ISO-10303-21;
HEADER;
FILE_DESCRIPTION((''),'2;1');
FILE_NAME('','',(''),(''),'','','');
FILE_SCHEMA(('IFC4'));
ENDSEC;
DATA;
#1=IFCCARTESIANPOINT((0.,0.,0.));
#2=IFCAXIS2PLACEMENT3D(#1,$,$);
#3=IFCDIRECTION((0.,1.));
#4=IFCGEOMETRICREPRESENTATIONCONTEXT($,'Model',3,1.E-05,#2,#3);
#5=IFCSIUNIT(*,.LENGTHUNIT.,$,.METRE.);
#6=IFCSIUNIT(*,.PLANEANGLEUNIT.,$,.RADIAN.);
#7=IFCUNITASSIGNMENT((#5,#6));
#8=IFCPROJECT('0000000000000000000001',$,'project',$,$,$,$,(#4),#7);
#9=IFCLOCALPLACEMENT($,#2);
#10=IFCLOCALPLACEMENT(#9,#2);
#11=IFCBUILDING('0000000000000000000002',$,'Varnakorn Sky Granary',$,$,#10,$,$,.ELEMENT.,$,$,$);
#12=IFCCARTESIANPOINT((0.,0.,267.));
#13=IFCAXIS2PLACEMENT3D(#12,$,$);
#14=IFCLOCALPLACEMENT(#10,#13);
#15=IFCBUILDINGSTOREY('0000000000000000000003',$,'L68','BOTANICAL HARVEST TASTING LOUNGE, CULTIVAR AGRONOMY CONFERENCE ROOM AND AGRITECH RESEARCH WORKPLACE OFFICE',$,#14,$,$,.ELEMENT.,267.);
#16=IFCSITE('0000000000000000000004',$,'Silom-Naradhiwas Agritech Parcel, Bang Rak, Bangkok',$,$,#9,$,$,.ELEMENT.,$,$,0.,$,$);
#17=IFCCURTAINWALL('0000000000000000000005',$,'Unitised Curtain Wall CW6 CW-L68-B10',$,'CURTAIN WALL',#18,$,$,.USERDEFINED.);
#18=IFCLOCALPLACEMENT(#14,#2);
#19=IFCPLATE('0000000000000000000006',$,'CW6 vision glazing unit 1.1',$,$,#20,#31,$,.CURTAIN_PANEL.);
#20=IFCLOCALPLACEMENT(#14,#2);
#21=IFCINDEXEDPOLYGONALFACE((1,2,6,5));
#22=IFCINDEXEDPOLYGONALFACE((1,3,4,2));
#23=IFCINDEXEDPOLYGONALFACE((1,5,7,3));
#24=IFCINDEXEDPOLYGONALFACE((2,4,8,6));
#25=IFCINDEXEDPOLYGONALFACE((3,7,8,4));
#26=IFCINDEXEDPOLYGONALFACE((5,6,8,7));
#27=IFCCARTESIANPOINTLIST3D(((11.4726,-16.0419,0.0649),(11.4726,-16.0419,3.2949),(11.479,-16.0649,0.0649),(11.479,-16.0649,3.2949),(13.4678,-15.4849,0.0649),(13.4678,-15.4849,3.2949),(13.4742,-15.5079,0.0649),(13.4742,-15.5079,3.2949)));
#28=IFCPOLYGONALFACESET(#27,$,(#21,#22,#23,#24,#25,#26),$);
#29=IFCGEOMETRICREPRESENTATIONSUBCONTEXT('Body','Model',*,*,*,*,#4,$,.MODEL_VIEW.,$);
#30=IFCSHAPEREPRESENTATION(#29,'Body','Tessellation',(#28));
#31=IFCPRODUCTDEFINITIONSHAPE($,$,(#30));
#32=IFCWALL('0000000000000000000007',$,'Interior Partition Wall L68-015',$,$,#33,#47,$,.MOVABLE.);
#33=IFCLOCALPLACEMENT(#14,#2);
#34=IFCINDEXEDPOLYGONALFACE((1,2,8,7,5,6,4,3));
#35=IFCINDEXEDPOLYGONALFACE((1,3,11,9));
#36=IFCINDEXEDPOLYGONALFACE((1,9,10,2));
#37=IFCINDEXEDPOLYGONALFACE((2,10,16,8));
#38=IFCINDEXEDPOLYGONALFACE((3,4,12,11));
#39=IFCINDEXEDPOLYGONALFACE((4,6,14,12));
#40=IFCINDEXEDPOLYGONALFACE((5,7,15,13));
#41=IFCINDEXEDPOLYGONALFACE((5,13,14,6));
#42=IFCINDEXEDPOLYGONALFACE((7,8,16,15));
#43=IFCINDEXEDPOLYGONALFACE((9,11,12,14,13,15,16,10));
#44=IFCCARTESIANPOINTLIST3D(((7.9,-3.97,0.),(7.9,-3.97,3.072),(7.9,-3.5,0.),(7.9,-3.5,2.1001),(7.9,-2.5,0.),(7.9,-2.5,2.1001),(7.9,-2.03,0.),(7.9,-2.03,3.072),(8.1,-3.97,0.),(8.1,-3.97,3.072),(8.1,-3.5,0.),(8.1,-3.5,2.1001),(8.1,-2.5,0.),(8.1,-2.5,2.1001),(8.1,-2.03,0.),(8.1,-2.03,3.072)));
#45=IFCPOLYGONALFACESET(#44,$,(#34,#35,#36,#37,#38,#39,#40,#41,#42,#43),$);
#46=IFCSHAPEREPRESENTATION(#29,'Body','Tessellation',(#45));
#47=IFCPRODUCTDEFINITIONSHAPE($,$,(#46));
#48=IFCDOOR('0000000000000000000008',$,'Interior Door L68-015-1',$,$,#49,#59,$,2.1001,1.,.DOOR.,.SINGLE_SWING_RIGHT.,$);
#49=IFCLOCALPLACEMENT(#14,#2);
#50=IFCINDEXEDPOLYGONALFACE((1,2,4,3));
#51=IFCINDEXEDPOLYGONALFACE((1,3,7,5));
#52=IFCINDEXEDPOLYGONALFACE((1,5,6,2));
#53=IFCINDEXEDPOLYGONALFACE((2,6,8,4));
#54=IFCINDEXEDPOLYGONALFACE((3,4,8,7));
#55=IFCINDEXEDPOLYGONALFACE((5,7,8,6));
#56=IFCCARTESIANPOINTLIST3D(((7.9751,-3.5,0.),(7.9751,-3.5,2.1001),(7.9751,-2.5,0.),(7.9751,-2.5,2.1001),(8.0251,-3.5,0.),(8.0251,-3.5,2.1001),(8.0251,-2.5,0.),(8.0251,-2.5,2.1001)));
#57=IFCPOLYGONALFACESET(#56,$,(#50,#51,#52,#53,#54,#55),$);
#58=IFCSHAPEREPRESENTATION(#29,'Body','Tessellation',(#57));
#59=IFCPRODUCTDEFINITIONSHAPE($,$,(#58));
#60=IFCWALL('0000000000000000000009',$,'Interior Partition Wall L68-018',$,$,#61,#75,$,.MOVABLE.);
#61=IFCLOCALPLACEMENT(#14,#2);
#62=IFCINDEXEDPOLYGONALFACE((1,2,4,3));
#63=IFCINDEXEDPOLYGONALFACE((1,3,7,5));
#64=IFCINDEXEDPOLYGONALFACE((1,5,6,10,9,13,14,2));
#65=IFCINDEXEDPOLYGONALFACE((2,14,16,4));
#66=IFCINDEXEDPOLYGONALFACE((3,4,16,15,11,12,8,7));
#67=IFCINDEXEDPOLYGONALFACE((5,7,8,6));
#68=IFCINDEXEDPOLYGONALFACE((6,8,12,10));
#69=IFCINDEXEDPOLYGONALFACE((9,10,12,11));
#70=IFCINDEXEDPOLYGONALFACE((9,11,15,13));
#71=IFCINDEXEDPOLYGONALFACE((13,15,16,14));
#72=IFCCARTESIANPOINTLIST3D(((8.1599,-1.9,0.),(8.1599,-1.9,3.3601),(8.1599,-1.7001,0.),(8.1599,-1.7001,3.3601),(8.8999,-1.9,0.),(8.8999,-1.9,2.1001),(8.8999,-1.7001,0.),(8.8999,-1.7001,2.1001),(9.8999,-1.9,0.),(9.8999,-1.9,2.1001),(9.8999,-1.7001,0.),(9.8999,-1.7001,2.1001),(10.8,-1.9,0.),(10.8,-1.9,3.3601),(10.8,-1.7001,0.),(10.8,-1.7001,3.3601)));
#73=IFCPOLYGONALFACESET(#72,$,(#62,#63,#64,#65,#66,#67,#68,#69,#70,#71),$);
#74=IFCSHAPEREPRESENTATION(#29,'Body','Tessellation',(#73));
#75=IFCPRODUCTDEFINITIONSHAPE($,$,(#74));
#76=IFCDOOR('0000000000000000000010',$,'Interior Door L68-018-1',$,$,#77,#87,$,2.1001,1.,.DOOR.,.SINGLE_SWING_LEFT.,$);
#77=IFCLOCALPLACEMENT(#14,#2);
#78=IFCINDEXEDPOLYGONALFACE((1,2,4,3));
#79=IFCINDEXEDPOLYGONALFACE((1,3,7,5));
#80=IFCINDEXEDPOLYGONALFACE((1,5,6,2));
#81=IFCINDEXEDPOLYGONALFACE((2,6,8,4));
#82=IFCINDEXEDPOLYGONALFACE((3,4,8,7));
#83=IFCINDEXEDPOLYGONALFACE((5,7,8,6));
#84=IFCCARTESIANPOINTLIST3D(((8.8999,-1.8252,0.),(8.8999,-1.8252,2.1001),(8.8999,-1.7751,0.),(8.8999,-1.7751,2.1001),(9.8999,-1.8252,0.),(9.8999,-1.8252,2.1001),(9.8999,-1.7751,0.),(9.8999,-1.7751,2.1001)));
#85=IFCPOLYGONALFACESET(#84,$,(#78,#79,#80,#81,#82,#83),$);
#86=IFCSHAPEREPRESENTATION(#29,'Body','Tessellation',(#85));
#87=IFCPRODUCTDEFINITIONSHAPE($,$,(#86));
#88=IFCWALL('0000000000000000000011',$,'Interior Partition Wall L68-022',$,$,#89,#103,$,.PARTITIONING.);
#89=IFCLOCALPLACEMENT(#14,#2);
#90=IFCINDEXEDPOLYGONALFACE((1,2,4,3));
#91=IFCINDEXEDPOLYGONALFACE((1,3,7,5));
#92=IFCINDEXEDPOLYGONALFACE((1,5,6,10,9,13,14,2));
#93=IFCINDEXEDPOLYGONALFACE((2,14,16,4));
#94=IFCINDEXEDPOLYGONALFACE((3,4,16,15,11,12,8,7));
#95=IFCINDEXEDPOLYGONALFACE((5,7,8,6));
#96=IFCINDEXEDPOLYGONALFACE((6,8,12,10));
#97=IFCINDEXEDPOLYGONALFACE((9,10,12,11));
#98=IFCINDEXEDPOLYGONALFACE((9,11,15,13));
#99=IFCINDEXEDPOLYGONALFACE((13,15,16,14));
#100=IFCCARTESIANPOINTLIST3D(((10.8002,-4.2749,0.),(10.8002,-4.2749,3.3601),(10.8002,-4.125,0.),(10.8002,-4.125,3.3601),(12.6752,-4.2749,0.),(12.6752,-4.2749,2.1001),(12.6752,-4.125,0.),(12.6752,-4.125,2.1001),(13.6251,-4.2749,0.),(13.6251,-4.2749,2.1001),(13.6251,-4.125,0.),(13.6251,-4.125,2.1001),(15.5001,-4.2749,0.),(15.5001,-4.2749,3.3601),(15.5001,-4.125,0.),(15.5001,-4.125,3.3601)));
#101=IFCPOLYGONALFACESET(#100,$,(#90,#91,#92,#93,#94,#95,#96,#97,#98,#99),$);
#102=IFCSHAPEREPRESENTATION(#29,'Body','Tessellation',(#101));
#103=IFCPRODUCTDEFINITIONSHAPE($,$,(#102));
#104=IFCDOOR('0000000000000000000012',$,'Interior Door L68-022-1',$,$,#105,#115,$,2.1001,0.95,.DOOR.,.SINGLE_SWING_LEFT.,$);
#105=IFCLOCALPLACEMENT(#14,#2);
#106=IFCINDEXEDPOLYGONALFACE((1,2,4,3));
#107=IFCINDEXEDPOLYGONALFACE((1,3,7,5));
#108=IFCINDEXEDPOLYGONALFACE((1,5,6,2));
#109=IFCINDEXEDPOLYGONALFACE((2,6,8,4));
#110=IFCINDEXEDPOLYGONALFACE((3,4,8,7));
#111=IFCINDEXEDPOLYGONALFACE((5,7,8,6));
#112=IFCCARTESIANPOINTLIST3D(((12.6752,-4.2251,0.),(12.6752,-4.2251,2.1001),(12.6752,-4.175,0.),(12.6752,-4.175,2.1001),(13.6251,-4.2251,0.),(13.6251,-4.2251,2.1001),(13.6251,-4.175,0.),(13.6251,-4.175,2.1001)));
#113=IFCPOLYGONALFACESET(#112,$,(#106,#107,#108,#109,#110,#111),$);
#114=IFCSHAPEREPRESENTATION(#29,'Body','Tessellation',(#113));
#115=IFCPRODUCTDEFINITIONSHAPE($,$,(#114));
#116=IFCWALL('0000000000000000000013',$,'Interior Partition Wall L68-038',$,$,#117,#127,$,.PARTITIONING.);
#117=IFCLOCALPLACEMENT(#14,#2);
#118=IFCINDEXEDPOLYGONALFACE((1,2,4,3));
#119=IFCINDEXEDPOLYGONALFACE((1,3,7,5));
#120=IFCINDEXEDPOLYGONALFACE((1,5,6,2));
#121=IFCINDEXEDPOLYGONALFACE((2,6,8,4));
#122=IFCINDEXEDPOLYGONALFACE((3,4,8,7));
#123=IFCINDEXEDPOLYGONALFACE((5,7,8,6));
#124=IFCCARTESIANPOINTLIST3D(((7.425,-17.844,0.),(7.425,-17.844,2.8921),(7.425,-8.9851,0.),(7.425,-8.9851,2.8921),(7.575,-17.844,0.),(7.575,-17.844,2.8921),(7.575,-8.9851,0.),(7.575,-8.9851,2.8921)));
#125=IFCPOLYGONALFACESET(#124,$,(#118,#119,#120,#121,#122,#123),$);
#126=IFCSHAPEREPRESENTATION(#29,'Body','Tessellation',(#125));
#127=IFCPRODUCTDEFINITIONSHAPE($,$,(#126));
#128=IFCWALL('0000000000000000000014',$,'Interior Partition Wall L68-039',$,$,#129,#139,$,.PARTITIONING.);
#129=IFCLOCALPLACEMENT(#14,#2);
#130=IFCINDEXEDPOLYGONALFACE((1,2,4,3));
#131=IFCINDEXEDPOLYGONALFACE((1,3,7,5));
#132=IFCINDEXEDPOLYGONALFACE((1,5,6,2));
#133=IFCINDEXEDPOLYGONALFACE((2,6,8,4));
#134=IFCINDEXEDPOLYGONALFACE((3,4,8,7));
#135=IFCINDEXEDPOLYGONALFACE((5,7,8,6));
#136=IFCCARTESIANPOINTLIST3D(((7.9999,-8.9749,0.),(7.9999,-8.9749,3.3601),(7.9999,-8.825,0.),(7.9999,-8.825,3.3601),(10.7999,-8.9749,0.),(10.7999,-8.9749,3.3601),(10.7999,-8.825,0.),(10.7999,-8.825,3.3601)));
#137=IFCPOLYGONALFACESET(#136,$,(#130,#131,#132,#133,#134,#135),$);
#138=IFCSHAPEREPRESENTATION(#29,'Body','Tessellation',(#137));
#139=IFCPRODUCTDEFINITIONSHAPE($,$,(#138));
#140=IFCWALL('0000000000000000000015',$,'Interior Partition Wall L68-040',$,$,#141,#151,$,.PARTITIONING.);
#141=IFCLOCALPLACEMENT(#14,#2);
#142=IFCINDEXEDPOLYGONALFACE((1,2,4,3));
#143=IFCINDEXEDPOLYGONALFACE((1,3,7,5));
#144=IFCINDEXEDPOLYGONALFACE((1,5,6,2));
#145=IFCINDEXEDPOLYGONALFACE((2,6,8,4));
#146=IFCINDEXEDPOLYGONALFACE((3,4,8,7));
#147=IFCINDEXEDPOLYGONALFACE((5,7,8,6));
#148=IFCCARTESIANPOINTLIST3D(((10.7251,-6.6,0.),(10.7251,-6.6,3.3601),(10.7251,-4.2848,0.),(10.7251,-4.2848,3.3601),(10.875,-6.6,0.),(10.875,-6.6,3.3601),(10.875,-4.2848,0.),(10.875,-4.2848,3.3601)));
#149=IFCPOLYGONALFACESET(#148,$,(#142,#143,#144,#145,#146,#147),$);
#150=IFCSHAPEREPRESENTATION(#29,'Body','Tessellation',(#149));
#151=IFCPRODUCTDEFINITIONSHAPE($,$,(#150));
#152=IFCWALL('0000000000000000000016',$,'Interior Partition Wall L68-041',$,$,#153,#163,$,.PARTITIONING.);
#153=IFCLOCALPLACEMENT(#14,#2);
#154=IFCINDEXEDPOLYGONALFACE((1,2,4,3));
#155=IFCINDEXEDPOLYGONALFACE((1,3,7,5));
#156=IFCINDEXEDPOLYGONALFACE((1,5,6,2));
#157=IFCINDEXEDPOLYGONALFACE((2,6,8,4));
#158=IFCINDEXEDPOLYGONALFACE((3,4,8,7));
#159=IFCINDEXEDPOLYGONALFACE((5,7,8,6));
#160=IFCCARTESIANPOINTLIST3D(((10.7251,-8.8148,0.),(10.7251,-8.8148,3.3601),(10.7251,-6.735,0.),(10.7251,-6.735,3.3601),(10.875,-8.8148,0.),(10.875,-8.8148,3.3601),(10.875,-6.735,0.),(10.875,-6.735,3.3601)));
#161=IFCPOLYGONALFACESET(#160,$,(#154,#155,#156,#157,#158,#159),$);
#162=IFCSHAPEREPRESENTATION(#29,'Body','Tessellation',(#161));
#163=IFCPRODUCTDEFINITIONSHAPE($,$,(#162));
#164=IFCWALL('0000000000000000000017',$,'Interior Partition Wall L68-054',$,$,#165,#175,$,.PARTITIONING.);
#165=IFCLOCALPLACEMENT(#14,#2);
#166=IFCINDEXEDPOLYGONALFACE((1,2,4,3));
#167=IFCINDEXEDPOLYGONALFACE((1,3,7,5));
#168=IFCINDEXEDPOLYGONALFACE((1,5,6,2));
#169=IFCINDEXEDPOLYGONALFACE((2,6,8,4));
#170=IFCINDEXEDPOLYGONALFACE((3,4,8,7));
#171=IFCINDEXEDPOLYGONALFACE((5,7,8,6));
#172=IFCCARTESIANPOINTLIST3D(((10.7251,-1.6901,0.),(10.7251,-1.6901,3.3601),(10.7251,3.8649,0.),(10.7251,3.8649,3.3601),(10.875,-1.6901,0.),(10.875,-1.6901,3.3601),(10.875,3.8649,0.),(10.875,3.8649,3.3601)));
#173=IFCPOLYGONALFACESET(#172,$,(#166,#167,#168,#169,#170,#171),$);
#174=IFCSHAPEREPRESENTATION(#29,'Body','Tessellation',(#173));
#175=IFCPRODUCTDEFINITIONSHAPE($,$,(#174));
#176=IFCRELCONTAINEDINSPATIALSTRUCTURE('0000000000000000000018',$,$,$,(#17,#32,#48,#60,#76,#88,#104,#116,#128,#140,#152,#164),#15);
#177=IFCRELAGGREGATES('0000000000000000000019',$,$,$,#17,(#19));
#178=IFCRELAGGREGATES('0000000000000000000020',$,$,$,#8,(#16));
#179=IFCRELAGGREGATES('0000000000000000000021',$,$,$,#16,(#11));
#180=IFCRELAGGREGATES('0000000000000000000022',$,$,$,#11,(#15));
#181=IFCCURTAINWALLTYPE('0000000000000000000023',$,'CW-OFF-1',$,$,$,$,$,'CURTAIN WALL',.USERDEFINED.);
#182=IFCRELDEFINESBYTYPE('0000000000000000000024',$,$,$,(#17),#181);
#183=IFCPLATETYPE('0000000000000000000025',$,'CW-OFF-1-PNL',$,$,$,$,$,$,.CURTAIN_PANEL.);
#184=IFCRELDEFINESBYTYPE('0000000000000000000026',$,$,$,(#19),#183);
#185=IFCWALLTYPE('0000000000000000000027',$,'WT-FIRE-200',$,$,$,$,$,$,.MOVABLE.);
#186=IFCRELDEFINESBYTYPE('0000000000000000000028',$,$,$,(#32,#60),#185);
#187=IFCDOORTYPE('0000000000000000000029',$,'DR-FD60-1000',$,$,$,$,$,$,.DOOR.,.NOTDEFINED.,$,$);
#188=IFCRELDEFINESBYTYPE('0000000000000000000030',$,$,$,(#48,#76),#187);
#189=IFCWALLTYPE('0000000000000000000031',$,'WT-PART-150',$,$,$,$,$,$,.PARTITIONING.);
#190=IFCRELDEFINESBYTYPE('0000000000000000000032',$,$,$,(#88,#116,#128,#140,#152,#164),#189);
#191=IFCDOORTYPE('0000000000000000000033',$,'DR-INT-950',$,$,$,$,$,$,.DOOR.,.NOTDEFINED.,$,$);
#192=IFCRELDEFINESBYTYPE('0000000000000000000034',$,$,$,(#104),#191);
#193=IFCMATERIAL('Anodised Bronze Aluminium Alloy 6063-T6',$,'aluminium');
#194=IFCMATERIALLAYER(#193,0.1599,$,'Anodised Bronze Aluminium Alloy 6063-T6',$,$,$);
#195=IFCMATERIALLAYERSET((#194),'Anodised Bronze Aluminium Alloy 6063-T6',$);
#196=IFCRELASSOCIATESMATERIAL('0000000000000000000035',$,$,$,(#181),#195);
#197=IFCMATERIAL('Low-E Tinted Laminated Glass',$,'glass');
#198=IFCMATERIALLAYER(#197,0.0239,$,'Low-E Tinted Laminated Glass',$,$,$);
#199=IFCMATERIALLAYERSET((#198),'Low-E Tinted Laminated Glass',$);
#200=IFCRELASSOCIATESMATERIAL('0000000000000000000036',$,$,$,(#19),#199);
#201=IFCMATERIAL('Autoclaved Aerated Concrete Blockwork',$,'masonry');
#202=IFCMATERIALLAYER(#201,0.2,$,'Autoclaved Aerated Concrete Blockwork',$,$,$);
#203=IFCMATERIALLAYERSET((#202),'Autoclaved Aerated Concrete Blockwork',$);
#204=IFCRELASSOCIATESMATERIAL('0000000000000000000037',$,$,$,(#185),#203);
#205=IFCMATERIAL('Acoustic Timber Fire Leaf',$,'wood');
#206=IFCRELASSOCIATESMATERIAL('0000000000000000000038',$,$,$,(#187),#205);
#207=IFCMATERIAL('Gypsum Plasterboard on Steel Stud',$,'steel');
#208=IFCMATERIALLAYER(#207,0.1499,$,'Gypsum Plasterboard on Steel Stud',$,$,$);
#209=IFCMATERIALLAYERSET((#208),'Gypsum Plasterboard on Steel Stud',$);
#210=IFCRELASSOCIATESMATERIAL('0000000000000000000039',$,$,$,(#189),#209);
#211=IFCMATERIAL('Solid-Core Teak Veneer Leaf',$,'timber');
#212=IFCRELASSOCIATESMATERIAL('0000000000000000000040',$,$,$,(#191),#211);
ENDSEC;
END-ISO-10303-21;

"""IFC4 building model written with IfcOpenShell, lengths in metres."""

from ifc_helpers import new_model, si_unit, direction, frame, frame_2d, origin, origin_2d, place, context, subcontext, project, spatial, rectangle, extrude, source, transform, mapped, material, layer, layer_set, type_object, type_shapes, element, fill, aggregate, save


model = new_model("IFC4")

# Units and contexts
model_context = context("Model", 3, precision=1e-05, world=origin(), true_north=direction((0.0, 1.0)))
body_context = subcontext(model_context, "Body", "Model", "MODEL_VIEW")
ifc_project = project(units=[si_unit("LENGTHUNIT", "METRE"), si_unit("PLANEANGLEUNIT", "RADIAN")], contexts=[model_context])

# Site, building, storey
site_placement = place(None, origin())
site = spatial("IfcSite", under=ifc_project, at=site_placement, Name="Silom-Naradhiwas Agritech Parcel, Bang Rak, Bangkok", CompositionType="ELEMENT", RefElevation=0.0)
building_placement = place(site_placement, origin())
building = spatial("IfcBuilding", under=site, at=building_placement, Name="Varnakorn Sky Granary", CompositionType="ELEMENT")
storey_placement = place(building_placement, frame((0.0, 0.0, 267.0)))
storey = spatial("IfcBuildingStorey", under=building, at=storey_placement, Name="L68", Description="BOTANICAL HARVEST TASTING LOUNGE, CULTIVAR AGRONOMY CONFERENCE ROOM AND AGRITECH RESEARCH WORKPLACE OFFICE", CompositionType="ELEMENT", Elevation=267.0)

# Curtain wall, plate
ifc_material_1 = material(Name="Anodised Bronze Aluminium Alloy 6063-T6", Category="aluminium")
ifc_layer_1 = layer(ifc_material_1, 0.1599, Name="Anodised Bronze Aluminium Alloy 6063-T6")
ifc_layer_set_1 = layer_set([ifc_layer_1], Name="Anodised Bronze Aluminium Alloy 6063-T6")
curtain_wall_type = type_object("IfcCurtainWallType", Name="CW-OFF-1", ElementType="CURTAIN WALL", PredefinedType="USERDEFINED", material=ifc_layer_set_1)
curtain_wall_placement = place(storey_placement, origin())
curtain_wall = element("IfcCurtainWall", 1, at=curtain_wall_placement, inside=storey, type_object=curtain_wall_type, Name="Unitised Curtain Wall CW6 CW-L68-B10", ObjectType="CURTAIN WALL", PredefinedType="USERDEFINED")
ifc_material_2 = material(Name="Low-E Tinted Laminated Glass", Category="glass")
ifc_layer_2 = layer(ifc_material_2, 0.0239, Name="Low-E Tinted Laminated Glass")
ifc_layer_set_2 = layer_set([ifc_layer_2], Name="Low-E Tinted Laminated Glass")
plate_type = type_object("IfcPlateType", Name="CW-OFF-1-PNL", PredefinedType="CURTAIN_PANEL")
shared_shape = source(origin(), body_context, "Body", "SweptSolid", [
    extrude(rectangle(XDim=2.0715, YDim=0.0239, at=origin_2d()), origin(), (0.0, 0.0, 1.0), 3.23),
])
type_shapes(plate_type, [shared_shape])
plate_placement = place(storey_placement, frame((12.4734, -15.7749, 0.0649), z_axis=(0.0, 0.0, 1.0), x_axis=(-0.963171, -0.26889, 0.0)))
plate = element("IfcPlate", 2, at=plate_placement, type_object=plate_type, material=ifc_layer_set_2, Name="CW6 vision glazing unit 1.1", PredefinedType="CURTAIN_PANEL", context=body_context, shape_type="MappedRepresentation", body=[
    mapped(shared_shape, transform((0.0, 0.0, 0.0), x_axis=(1.0, 0.0, 0.0), y_axis=(0.0, 1.0, 0.0), z_axis=(0.0, 0.0, 1.0), scale=1.0)),
])
aggregate(curtain_wall, [plate])

# Walls, openings, doors
ifc_material_3 = material(Name="Autoclaved Aerated Concrete Blockwork", Category="masonry")
ifc_layer_3 = layer(ifc_material_3, 0.2, Name="Autoclaved Aerated Concrete Blockwork")
ifc_layer_set_3 = layer_set([ifc_layer_3], Name="Autoclaved Aerated Concrete Blockwork")
wall_type_1 = type_object("IfcWallType", Name="WT-FIRE-200", PredefinedType="MOVABLE", material=ifc_layer_set_3)
wall_1_placement = place(storey_placement, frame((8.0, -3.97, 0.0), z_axis=(0.0, 0.0, 1.0), x_axis=(0.0, 1.0, 0.0)))
wall_1 = element("IfcWall", 3, at=wall_1_placement, inside=storey, type_object=wall_type_1, Name="Interior Partition Wall L68-015", PredefinedType="MOVABLE", context=body_context, shape_type="SweptSolid", body=[
    extrude(rectangle(XDim=1.9399, YDim=0.2, at=frame_2d((0.97, 0.0))), origin(), (0.0, 0.0, 1.0), 3.072),
])
opening_1_placement = place(wall_1_placement, frame((0.47, 0.0, 0.0)))
opening_1 = element("IfcOpeningElement", 4, at=opening_1_placement, cuts=wall_1, PredefinedType="OPENING", context=body_context, shape_type="SweptSolid", body=[
    extrude(rectangle(XDim=1.0, YDim=2.1001, at=frame_2d((0.5, 1.05))), frame((0.0, 0.1099, 0.0), z_axis=(0.0, -1.0, 0.0), x_axis=(1.0, 0.0, 0.0)), (0.0, 0.0, 1.0), 0.22),
])
ifc_material_4 = material(Name="Acoustic Timber Fire Leaf", Category="wood")
door_type_1 = type_object("IfcDoorType", Name="DR-FD60-1000", OperationType="NOTDEFINED", PredefinedType="DOOR", material=ifc_material_4)
door_1_placement = place(opening_1_placement, origin())
door_1 = element("IfcDoor", 5, at=door_1_placement, inside=storey, type_object=door_type_1, Name="Interior Door L68-015-1", OperationType="SINGLE_SWING_RIGHT", OverallHeight=2.1001, OverallWidth=1.0, PredefinedType="DOOR", context=body_context, shape_type="SweptSolid", body=[
    extrude(rectangle(XDim=1.0, YDim=2.1001, at=frame_2d((0.5, 1.05))), frame((0.0, 0.0249, 0.0), z_axis=(0.0, -1.0, 0.0), x_axis=(1.0, 0.0, 0.0)), (0.0, 0.0, 1.0), 0.05),
])
fill(opening_1, door_1)
wall_2_placement = place(storey_placement, frame((8.1599, -1.8, 0.0), z_axis=(0.0, 0.0, 1.0), x_axis=(1.0, 0.0, 0.0)))
wall_2 = element("IfcWall", 6, at=wall_2_placement, inside=storey, type_object=wall_type_1, Name="Interior Partition Wall L68-018", PredefinedType="MOVABLE", context=body_context, shape_type="SweptSolid", body=[
    extrude(rectangle(XDim=2.6401, YDim=0.2, at=frame_2d((1.3201, 0.0))), origin(), (0.0, 0.0, 1.0), 3.3601),
])
opening_2_placement = place(wall_2_placement, frame((0.74, 0.0, 0.0)))
opening_2 = element("IfcOpeningElement", 7, at=opening_2_placement, cuts=wall_2, PredefinedType="OPENING", context=body_context, shape_type="SweptSolid", body=[
    extrude(rectangle(XDim=1.0, YDim=2.1001, at=frame_2d((0.5, 1.05))), frame((0.0, 0.1099, 0.0), z_axis=(0.0, -1.0, 0.0), x_axis=(1.0, 0.0, 0.0)), (0.0, 0.0, 1.0), 0.22),
])
door_2_placement = place(opening_2_placement, origin())
door_2 = element("IfcDoor", 8, at=door_2_placement, inside=storey, type_object=door_type_1, Name="Interior Door L68-018-1", OperationType="SINGLE_SWING_LEFT", OverallHeight=2.1001, OverallWidth=1.0, PredefinedType="DOOR", context=body_context, shape_type="SweptSolid", body=[
    extrude(rectangle(XDim=1.0, YDim=2.1001, at=frame_2d((0.5, 1.05))), frame((0.0, 0.0249, 0.0), z_axis=(0.0, -1.0, 0.0), x_axis=(1.0, 0.0, 0.0)), (0.0, 0.0, 1.0), 0.05),
])
fill(opening_2, door_2)
ifc_material_5 = material(Name="Gypsum Plasterboard on Steel Stud", Category="steel")
ifc_layer_4 = layer(ifc_material_5, 0.1499, Name="Gypsum Plasterboard on Steel Stud")
ifc_layer_set_4 = layer_set([ifc_layer_4], Name="Gypsum Plasterboard on Steel Stud")
wall_type_2 = type_object("IfcWallType", Name="WT-PART-150", PredefinedType="PARTITIONING", material=ifc_layer_set_4)
wall_3_placement = place(storey_placement, frame((10.8, -4.2, 0.0), z_axis=(0.0, 0.0, 1.0), x_axis=(1.0, 0.0, 0.0)))
wall_3 = element("IfcWall", 9, at=wall_3_placement, inside=storey, type_object=wall_type_2, Name="Interior Partition Wall L68-022", PredefinedType="PARTITIONING", context=body_context, shape_type="SweptSolid", body=[
    extrude(rectangle(XDim=4.7, YDim=0.1499, at=frame_2d((2.3501, 0.0))), origin(), (0.0, 0.0, 1.0), 3.3601),
])
opening_3_placement = place(wall_3_placement, frame((1.875, 0.0, 0.0)))
opening_3 = element("IfcOpeningElement", 10, at=opening_3_placement, cuts=wall_3, PredefinedType="OPENING", context=body_context, shape_type="SweptSolid", body=[
    extrude(rectangle(XDim=0.95, YDim=2.1001, at=frame_2d((0.4751, 1.05))), frame((0.0, 0.085, 0.0), z_axis=(0.0, -1.0, 0.0), x_axis=(1.0, 0.0, 0.0)), (0.0, 0.0, 1.0), 0.1699),
])
ifc_material_6 = material(Name="Solid-Core Teak Veneer Leaf", Category="timber")
door_type_2 = type_object("IfcDoorType", Name="DR-INT-950", OperationType="NOTDEFINED", PredefinedType="DOOR", material=ifc_material_6)
door_3_placement = place(opening_3_placement, origin())
door_3 = element("IfcDoor", 11, at=door_3_placement, inside=storey, type_object=door_type_2, Name="Interior Door L68-022-1", OperationType="SINGLE_SWING_LEFT", OverallHeight=2.1001, OverallWidth=0.95, PredefinedType="DOOR", context=body_context, shape_type="SweptSolid", body=[
    extrude(rectangle(XDim=0.95, YDim=2.1001, at=frame_2d((0.4751, 1.05))), frame((0.0, 0.0249, 0.0), z_axis=(0.0, -1.0, 0.0), x_axis=(1.0, 0.0, 0.0)), (0.0, 0.0, 1.0), 0.05),
])
fill(opening_3, door_3)

# Walls
wall_4_placement = place(storey_placement, frame((7.5, -8.9851, 0.0), z_axis=(0.0, 0.0, 1.0), x_axis=(0.0, -1.0, 0.0)))
element("IfcWall", 12, at=wall_4_placement, inside=storey, type_object=wall_type_2, Name="Interior Partition Wall L68-038", PredefinedType="PARTITIONING", context=body_context, shape_type="SweptSolid", body=[
    extrude(rectangle(XDim=8.8589, YDim=0.1499, at=frame_2d((4.4294, 0.0))), origin(), (0.0, 0.0, 1.0), 2.8921),
])
wall_5_placement = place(storey_placement, frame((8.0, -8.8999, 0.0), z_axis=(0.0, 0.0, 1.0), x_axis=(1.0, 0.0, 0.0)))
element("IfcWall", 13, at=wall_5_placement, inside=storey, type_object=wall_type_2, Name="Interior Partition Wall L68-039", PredefinedType="PARTITIONING", context=body_context, shape_type="SweptSolid", body=[
    extrude(rectangle(XDim=2.8, YDim=0.1499, at=frame_2d((1.3999, 0.0))), origin(), (0.0, 0.0, 1.0), 3.3601),
])
wall_6_placement = place(storey_placement, frame((10.8, -6.6001, 0.0), z_axis=(0.0, 0.0, 1.0), x_axis=(0.0, 1.0, 0.0)))
element("IfcWall", 14, at=wall_6_placement, inside=storey, type_object=wall_type_2, Name="Interior Partition Wall L68-040", PredefinedType="PARTITIONING", context=body_context, shape_type="SweptSolid", body=[
    extrude(rectangle(XDim=2.3152, YDim=0.1499, at=frame_2d((1.1577, 0.0))), origin(), (0.0, 0.0, 1.0), 3.3601),
])
wall_7_placement = place(storey_placement, frame((10.8, -8.8149, 0.0), z_axis=(0.0, 0.0, 1.0), x_axis=(0.0, 1.0, 0.0)))
element("IfcWall", 15, at=wall_7_placement, inside=storey, type_object=wall_type_2, Name="Interior Partition Wall L68-041", PredefinedType="PARTITIONING", context=body_context, shape_type="SweptSolid", body=[
    extrude(rectangle(XDim=2.0798, YDim=0.1499, at=frame_2d((1.04, 0.0))), origin(), (0.0, 0.0, 1.0), 3.3601),
])
wall_8_placement = place(storey_placement, frame((10.8, -1.6899, 0.0), z_axis=(0.0, 0.0, 1.0), x_axis=(0.0, 1.0, 0.0)))
element("IfcWall", 16, at=wall_8_placement, inside=storey, type_object=wall_type_2, Name="Interior Partition Wall L68-054", PredefinedType="PARTITIONING", context=body_context, shape_type="SweptSolid", body=[
    extrude(rectangle(XDim=5.5549, YDim=0.1499, at=frame_2d((2.7773, 0.0))), origin(), (0.0, 0.0, 1.0), 3.3601),
])

save(model, "model.ifc")
